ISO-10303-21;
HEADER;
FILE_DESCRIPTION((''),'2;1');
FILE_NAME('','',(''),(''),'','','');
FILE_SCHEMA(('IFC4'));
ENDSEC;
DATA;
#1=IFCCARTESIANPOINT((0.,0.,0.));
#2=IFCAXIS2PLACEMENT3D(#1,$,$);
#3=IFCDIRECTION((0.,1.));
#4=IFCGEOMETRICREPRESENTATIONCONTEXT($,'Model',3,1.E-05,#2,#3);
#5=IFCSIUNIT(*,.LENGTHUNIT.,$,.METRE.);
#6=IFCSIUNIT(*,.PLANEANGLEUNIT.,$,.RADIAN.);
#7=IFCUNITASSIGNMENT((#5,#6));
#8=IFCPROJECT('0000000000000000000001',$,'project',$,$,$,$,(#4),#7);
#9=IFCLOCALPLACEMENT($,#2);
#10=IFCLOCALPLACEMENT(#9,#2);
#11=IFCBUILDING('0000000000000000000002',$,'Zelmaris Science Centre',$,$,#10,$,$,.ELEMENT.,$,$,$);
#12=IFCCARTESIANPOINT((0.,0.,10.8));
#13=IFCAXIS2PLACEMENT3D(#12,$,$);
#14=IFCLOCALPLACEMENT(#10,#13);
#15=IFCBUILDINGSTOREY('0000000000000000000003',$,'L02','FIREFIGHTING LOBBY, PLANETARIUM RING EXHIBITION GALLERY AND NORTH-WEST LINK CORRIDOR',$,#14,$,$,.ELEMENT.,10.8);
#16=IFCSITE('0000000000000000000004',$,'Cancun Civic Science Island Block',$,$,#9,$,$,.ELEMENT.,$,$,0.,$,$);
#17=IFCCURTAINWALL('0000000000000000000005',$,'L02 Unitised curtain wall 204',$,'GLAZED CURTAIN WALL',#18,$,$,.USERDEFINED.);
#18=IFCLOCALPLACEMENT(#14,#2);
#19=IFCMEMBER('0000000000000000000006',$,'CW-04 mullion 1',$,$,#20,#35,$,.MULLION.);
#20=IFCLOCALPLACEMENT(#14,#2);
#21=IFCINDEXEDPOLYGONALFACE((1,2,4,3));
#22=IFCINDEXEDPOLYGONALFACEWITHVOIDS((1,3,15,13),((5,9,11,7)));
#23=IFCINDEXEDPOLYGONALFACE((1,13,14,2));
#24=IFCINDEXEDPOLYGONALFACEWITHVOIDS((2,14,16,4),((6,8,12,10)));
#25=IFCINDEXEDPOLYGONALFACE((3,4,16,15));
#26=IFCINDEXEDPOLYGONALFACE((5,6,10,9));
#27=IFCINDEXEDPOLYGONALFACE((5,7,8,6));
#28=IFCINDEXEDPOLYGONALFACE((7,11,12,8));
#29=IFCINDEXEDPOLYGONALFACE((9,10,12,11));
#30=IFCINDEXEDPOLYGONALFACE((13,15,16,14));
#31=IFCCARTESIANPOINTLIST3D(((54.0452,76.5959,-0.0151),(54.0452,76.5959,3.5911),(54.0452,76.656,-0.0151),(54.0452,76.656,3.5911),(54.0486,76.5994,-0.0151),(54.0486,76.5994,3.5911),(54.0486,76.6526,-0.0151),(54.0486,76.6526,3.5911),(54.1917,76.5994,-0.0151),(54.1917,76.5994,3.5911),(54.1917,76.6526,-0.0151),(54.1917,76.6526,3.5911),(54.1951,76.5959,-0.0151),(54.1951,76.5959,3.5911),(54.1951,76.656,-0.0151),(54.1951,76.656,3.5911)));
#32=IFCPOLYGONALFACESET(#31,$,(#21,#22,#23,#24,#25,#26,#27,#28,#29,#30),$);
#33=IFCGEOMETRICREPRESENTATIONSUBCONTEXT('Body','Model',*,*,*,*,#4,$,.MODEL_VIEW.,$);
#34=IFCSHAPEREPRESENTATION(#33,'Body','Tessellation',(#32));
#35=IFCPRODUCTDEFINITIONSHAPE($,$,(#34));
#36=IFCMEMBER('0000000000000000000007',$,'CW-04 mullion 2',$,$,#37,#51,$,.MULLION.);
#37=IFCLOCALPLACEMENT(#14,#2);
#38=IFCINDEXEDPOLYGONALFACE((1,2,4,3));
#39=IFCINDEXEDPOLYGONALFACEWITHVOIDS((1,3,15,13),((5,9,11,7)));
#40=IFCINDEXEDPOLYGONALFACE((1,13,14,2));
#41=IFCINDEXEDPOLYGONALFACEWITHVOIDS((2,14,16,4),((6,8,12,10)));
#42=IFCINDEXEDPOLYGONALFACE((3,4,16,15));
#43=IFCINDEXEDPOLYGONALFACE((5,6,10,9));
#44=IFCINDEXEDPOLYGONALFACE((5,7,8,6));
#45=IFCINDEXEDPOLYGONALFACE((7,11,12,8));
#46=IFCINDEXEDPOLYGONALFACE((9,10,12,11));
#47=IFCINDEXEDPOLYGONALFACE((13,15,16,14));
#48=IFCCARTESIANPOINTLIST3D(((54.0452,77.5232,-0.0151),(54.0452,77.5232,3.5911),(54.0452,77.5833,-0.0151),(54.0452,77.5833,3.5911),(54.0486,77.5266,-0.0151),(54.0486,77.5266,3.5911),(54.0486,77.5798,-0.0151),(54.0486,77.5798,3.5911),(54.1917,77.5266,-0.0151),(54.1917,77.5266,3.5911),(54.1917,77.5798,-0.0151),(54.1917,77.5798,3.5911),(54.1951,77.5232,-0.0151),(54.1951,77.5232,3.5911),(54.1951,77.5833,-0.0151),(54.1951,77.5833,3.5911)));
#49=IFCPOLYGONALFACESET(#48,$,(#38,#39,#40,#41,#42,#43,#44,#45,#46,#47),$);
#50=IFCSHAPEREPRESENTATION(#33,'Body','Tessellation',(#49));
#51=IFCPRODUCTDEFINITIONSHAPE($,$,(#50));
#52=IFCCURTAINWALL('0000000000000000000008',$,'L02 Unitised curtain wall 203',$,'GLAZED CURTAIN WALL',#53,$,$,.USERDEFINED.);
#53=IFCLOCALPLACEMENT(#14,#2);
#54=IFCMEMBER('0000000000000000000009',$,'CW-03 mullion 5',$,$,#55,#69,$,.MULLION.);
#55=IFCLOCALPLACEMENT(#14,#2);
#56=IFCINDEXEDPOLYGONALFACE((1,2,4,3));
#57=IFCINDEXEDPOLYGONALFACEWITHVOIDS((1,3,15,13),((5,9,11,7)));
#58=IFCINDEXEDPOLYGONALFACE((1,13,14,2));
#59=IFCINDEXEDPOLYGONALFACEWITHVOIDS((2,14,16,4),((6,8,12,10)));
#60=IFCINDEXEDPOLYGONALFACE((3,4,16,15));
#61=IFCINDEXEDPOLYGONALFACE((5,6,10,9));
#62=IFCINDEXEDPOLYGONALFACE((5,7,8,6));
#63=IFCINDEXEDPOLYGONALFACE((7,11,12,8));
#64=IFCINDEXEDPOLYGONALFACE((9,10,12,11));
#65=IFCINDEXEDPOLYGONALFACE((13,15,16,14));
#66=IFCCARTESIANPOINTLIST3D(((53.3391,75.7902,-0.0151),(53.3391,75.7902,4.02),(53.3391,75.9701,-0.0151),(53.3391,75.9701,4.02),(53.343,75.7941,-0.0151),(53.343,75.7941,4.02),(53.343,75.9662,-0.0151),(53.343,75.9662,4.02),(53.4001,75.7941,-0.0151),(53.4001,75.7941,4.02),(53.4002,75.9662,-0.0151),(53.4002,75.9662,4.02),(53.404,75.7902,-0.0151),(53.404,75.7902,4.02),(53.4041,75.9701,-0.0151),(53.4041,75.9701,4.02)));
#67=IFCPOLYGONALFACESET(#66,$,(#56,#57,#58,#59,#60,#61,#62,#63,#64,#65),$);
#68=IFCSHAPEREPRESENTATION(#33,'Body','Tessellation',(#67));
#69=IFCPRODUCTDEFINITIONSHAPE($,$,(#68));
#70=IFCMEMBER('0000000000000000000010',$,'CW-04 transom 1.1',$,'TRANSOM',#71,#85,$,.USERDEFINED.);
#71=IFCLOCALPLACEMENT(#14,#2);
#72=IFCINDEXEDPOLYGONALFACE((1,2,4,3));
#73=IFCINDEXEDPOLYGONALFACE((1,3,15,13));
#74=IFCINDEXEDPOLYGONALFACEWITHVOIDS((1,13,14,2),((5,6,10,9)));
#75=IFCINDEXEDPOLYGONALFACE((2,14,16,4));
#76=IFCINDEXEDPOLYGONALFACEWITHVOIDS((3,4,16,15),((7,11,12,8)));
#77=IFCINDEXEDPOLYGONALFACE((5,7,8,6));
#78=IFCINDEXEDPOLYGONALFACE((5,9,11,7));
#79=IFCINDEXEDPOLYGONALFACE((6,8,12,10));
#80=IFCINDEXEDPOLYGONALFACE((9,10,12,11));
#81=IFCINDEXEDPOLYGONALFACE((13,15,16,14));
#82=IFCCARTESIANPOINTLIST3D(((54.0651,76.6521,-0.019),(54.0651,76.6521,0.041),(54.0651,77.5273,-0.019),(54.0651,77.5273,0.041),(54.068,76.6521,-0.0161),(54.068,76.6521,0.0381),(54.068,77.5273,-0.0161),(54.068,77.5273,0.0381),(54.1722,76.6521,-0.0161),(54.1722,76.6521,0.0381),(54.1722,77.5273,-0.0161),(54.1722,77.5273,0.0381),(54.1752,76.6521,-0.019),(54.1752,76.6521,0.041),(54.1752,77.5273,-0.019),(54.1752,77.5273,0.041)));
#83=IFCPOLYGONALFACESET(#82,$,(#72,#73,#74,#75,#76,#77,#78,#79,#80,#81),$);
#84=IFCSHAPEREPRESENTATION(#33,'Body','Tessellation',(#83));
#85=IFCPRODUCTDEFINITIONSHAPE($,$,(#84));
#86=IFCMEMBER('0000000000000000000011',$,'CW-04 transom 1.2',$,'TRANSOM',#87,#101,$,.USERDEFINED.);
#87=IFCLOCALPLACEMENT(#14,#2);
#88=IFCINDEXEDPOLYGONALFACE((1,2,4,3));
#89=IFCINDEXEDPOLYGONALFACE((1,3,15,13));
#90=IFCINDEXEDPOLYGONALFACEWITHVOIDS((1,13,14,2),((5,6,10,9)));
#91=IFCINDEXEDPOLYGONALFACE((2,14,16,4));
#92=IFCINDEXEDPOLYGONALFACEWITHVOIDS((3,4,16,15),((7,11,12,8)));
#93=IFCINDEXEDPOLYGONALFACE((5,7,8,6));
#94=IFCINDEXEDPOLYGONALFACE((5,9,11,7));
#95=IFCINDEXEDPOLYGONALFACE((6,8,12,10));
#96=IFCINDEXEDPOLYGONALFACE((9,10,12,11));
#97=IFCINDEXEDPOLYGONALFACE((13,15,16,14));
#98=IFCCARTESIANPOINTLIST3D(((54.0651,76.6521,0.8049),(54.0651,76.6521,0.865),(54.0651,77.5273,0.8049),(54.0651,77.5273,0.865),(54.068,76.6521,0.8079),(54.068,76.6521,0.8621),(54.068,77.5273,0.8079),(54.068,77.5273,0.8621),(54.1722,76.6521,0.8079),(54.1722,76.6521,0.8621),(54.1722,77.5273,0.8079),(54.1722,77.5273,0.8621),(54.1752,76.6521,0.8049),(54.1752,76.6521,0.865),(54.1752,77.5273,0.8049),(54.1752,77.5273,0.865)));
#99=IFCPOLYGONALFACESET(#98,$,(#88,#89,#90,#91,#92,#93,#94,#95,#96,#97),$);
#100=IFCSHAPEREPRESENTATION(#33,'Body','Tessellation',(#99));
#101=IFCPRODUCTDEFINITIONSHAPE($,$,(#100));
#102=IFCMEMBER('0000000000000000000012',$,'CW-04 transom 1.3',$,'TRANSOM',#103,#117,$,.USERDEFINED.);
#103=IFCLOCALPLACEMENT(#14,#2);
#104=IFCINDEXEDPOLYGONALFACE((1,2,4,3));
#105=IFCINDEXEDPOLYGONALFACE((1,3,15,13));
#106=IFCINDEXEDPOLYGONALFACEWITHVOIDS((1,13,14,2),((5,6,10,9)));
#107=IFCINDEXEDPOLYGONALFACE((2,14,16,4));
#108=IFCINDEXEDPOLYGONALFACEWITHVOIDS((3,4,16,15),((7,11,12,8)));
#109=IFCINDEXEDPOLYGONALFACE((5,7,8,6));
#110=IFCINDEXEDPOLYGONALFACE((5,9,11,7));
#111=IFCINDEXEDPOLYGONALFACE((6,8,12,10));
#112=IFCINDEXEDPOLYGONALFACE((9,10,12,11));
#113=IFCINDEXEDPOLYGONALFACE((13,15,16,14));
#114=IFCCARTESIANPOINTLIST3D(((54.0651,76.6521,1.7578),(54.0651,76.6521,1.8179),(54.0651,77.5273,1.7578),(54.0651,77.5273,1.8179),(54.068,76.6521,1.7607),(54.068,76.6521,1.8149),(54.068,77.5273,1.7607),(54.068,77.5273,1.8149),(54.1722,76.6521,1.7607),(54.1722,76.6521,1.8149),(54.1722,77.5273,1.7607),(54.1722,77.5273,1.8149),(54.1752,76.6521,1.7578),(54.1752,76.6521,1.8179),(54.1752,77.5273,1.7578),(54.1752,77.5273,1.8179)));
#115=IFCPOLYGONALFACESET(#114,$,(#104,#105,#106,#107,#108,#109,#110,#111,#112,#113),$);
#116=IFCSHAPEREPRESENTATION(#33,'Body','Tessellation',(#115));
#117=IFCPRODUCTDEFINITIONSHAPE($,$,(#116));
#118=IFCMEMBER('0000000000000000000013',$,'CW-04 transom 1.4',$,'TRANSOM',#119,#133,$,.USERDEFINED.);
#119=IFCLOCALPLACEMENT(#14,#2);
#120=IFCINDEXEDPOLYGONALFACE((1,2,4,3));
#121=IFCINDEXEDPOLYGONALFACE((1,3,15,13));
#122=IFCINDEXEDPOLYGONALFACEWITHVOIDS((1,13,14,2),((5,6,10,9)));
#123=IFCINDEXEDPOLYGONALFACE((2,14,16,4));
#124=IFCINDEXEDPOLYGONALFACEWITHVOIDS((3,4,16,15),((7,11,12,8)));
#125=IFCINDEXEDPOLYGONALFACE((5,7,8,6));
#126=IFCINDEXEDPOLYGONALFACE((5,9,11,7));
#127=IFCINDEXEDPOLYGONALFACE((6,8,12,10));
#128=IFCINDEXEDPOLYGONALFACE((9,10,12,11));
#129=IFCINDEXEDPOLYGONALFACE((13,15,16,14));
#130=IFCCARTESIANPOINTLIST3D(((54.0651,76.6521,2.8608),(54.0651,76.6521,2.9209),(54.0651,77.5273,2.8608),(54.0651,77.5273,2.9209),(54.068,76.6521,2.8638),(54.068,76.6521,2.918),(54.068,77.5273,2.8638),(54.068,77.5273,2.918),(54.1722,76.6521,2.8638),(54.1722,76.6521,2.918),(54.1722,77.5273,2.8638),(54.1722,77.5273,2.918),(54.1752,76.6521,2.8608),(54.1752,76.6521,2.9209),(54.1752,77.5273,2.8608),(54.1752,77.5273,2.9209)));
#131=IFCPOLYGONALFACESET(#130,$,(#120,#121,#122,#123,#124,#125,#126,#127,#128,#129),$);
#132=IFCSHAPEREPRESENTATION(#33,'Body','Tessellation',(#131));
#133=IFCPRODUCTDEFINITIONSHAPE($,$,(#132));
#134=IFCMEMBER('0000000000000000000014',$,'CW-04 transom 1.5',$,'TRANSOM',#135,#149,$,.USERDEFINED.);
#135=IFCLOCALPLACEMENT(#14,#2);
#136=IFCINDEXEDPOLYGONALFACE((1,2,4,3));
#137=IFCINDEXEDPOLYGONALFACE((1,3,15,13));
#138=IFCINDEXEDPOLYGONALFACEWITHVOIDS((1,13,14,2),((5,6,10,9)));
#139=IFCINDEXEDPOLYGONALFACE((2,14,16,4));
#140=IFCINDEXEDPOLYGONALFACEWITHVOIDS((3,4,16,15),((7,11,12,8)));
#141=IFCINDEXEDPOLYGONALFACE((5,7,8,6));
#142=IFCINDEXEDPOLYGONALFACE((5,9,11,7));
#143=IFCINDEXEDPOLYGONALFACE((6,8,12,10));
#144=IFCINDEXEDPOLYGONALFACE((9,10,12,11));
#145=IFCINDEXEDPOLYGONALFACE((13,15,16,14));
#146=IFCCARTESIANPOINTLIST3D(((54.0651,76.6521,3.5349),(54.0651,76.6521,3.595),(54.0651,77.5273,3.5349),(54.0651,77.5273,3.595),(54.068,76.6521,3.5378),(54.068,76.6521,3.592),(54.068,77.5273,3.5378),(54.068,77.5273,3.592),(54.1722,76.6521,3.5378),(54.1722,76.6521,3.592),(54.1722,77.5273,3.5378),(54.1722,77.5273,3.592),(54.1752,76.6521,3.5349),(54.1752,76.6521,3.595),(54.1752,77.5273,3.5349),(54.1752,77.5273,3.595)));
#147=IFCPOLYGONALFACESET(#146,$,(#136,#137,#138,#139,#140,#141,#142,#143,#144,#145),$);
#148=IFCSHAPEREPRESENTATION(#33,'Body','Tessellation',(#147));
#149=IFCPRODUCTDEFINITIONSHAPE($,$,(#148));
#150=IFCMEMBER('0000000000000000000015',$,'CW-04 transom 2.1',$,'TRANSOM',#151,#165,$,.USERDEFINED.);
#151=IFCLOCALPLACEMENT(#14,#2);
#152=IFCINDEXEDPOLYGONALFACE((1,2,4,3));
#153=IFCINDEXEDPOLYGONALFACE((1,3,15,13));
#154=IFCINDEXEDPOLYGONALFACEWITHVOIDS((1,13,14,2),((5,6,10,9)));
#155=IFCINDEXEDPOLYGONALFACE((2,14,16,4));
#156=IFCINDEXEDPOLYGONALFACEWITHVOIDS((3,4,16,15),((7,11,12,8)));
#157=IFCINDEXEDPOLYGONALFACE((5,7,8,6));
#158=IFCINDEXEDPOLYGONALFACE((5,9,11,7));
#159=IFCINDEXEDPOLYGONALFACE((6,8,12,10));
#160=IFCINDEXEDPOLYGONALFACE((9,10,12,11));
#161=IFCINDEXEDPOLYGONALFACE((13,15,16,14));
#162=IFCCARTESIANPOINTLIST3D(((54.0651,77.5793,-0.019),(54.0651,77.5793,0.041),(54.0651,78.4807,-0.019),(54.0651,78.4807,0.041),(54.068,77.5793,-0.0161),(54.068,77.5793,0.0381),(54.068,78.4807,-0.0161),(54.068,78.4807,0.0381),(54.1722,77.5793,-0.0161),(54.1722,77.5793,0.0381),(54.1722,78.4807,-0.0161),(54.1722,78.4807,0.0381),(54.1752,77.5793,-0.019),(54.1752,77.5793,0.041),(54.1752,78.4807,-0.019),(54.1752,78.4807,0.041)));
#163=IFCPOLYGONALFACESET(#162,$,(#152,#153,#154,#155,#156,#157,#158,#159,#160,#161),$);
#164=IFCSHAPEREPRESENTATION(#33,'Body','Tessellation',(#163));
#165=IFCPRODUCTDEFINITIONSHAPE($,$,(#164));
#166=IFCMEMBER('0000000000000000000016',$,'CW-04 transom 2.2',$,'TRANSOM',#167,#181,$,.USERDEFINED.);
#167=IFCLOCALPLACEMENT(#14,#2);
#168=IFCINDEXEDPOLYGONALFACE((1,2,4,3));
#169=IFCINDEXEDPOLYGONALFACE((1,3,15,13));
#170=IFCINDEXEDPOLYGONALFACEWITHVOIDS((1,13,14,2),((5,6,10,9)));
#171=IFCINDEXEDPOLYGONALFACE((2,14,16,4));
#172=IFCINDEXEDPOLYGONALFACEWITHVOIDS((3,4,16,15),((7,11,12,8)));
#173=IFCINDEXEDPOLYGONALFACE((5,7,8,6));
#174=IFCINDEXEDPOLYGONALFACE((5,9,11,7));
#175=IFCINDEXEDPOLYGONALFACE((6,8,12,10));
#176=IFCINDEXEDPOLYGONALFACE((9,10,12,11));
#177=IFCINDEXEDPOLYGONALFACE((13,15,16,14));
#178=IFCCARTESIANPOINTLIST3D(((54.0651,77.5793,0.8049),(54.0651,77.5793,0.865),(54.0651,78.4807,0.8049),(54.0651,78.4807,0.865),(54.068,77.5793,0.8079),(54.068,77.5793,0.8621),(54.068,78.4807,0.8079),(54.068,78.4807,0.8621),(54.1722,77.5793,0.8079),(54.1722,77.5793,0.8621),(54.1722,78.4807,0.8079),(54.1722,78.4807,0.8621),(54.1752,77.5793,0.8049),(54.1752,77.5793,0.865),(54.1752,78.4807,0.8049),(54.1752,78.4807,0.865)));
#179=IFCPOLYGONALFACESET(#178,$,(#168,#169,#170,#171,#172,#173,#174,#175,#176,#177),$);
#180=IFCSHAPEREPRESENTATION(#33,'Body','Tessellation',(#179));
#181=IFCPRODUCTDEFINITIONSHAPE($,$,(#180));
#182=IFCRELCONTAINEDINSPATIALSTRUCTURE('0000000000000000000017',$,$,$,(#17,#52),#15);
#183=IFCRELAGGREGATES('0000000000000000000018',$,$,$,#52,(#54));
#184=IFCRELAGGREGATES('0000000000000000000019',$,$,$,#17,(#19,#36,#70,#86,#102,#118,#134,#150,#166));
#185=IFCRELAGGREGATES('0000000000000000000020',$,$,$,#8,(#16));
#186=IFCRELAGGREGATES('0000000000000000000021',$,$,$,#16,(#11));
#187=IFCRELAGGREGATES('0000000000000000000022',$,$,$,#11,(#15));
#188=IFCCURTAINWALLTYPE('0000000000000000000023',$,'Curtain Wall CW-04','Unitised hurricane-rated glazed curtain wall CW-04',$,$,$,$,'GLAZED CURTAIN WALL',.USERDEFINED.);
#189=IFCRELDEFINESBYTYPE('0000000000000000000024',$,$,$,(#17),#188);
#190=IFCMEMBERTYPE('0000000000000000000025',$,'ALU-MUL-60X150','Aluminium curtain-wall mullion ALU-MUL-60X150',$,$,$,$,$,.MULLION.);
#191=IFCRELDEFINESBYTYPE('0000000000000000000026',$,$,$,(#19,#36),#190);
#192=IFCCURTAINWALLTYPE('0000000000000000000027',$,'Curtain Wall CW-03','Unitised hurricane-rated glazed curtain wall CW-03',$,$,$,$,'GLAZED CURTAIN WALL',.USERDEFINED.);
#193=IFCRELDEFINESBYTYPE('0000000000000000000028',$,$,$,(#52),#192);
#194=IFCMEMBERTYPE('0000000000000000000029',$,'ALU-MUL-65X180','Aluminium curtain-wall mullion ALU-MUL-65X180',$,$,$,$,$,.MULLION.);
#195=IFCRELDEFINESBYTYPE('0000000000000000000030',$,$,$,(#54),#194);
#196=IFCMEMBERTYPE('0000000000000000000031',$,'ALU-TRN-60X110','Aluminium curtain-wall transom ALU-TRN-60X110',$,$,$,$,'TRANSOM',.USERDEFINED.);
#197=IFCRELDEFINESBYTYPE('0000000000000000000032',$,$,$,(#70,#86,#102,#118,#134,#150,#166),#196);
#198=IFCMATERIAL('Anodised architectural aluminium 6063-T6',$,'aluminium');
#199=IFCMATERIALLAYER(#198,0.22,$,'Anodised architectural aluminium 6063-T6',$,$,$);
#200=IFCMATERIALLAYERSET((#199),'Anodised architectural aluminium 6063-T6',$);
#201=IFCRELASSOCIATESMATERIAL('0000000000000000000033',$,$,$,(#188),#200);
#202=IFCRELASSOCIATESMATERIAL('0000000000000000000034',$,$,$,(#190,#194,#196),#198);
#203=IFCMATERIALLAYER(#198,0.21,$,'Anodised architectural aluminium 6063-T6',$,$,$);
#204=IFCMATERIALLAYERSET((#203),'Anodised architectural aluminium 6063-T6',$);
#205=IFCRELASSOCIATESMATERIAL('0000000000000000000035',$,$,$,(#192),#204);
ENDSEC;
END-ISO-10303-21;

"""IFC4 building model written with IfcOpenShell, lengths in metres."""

from ifc_helpers import new_model, si_unit, direction, frame, origin, origin_2d, place, context, subcontext, project, spatial, hollow_rectangle, extrude, material, layer, layer_set, material_profile, profile_set, type_object, element, aggregate, save


model = new_model("IFC4")

# Units and contexts
model_context = context("Model", 3, precision=1e-05, world=origin(), true_north=direction((0.0, 1.0)))
body_context = subcontext(model_context, "Body", "Model", "MODEL_VIEW")
ifc_project = project(units=[si_unit("LENGTHUNIT", "METRE"), si_unit("PLANEANGLEUNIT", "RADIAN")], contexts=[model_context])

# Site, building, storey
site_placement = place(None, origin())
site = spatial("IfcSite", under=ifc_project, at=site_placement, Name="Cancun Civic Science Island Block", CompositionType="ELEMENT", RefElevation=0.0)
building_placement = place(site_placement, origin())
building = spatial("IfcBuilding", under=site, at=building_placement, Name="Zelmaris Science Centre", CompositionType="ELEMENT")
storey_placement = place(building_placement, frame((0.0, 0.0, 10.8)))
storey = spatial("IfcBuildingStorey", under=building, at=storey_placement, Name="L02", Description="FIREFIGHTING LOBBY, PLANETARIUM RING EXHIBITION GALLERY AND NORTH-WEST LINK CORRIDOR", CompositionType="ELEMENT", Elevation=10.8)

# Curtain wall, members
ifc_material_1 = material(Name="Anodised architectural aluminium 6063-T6", Category="aluminium")
ifc_layer_1 = layer(ifc_material_1, 0.22, Name="Anodised architectural aluminium 6063-T6")
ifc_layer_set_1 = layer_set([ifc_layer_1], Name="Anodised architectural aluminium 6063-T6")
curtain_wall_type_1 = type_object("IfcCurtainWallType", Name="Curtain Wall CW-04", Description="Unitised hurricane-rated glazed curtain wall CW-04", ElementType="GLAZED CURTAIN WALL", PredefinedType="USERDEFINED", material=ifc_layer_set_1)
curtain_wall_1_placement = place(storey_placement, origin())
curtain_wall_1 = element("IfcCurtainWall", 1, at=curtain_wall_1_placement, inside=storey, type_object=curtain_wall_type_1, Name="L02 Unitised curtain wall 204", ObjectType="GLAZED CURTAIN WALL", PredefinedType="USERDEFINED")
ifc_material_profile_1 = material_profile(ifc_material_1, hollow_rectangle(XDim=0.0601, YDim=0.1499, WallThickness=0.0034, at=origin_2d()), Name="ALU-MUL-60X150")
ifc_profile_set_1 = profile_set([ifc_material_profile_1], Name="Anodised architectural aluminium 6063-T6")
member_type_1 = type_object("IfcMemberType", Name="ALU-MUL-60X150", Description="Aluminium curtain-wall mullion ALU-MUL-60X150", PredefinedType="MULLION", material=ifc_profile_set_1)
member_1_placement = place(storey_placement, frame((54.1201, 76.626, -0.0151), z_axis=(0.0, 0.0, 1.0), x_axis=(0.000007, 1.0, 0.0)))
member_1 = element("IfcMember", 2, at=member_1_placement, type_object=member_type_1, Name="CW-04 mullion 1", PredefinedType="MULLION", context=body_context, shape_type="SweptSolid", body=[
    extrude(hollow_rectangle(XDim=0.0601, YDim=0.1499, WallThickness=0.0034, at=origin_2d()), origin(), (0.0, 0.0, 1.0), 3.6062),
])
member_2_placement = place(storey_placement, frame((54.1201, 77.5532, -0.0151), z_axis=(0.0, 0.0, 1.0), x_axis=(0.000007, 1.0, 0.0)))
member_2 = element("IfcMember", 3, at=member_2_placement, type_object=member_type_1, Name="CW-04 mullion 2", PredefinedType="MULLION", context=body_context, shape_type="SweptSolid", body=[
    extrude(hollow_rectangle(XDim=0.0601, YDim=0.1499, WallThickness=0.0034, at=origin_2d()), origin(), (0.0, 0.0, 1.0), 3.6062),
])

# Curtain wall, member
ifc_layer_2 = layer(ifc_material_1, 0.21, Name="Anodised architectural aluminium 6063-T6")
ifc_layer_set_2 = layer_set([ifc_layer_2], Name="Anodised architectural aluminium 6063-T6")
curtain_wall_type_2 = type_object("IfcCurtainWallType", Name="Curtain Wall CW-03", Description="Unitised hurricane-rated glazed curtain wall CW-03", ElementType="GLAZED CURTAIN WALL", PredefinedType="USERDEFINED", material=ifc_layer_set_2)
curtain_wall_2_placement = place(storey_placement, origin())
curtain_wall_2 = element("IfcCurtainWall", 4, at=curtain_wall_2_placement, inside=storey, type_object=curtain_wall_type_2, Name="L02 Unitised curtain wall 203", ObjectType="GLAZED CURTAIN WALL", PredefinedType="USERDEFINED")
ifc_material_profile_2 = material_profile(ifc_material_1, hollow_rectangle(XDim=0.0649, YDim=0.1799, WallThickness=0.0039, at=origin_2d()), Name="ALU-MUL-65X180")
ifc_profile_set_2 = profile_set([ifc_material_profile_2], Name="Anodised architectural aluminium 6063-T6")
member_type_2 = type_object("IfcMemberType", Name="ALU-MUL-65X180", Description="Aluminium curtain-wall mullion ALU-MUL-65X180", PredefinedType="MULLION", material=ifc_profile_set_2)
member_3_placement = place(storey_placement, frame((53.3716, 75.8801, -0.0151), z_axis=(0.0, 0.0, 1.0), x_axis=(1.0, -0.000194, 0.0)))
member_3 = element("IfcMember", 5, at=member_3_placement, type_object=member_type_2, Name="CW-03 mullion 5", PredefinedType="MULLION", context=body_context, shape_type="SweptSolid", body=[
    extrude(hollow_rectangle(XDim=0.0649, YDim=0.1799, WallThickness=0.0039, at=origin_2d()), origin(), (0.0, 0.0, 1.0), 4.0352),
])

# Members
ifc_material_profile_3 = material_profile(ifc_material_1, hollow_rectangle(XDim=0.0601, YDim=0.1101, WallThickness=0.0029, at=origin_2d()), Name="ALU-TRN-60X110")
ifc_profile_set_3 = profile_set([ifc_material_profile_3], Name="Anodised architectural aluminium 6063-T6")
member_type_3 = type_object("IfcMemberType", Name="ALU-TRN-60X110", Description="Aluminium curtain-wall transom ALU-TRN-60X110", ElementType="TRANSOM", PredefinedType="USERDEFINED", material=ifc_profile_set_3)
member_4_placement = place(storey_placement, frame((54.1201, 76.6521, 0.011), z_axis=(0.0, 1.0, 0.0), x_axis=(0.0, 0.0, 1.0)))
member_4 = element("IfcMember", 6, at=member_4_placement, type_object=member_type_3, Name="CW-04 transom 1.1", ObjectType="TRANSOM", PredefinedType="USERDEFINED", context=body_context, shape_type="SweptSolid", body=[
    extrude(hollow_rectangle(XDim=0.0601, YDim=0.1101, WallThickness=0.0029, at=origin_2d()), origin(), (0.0, 0.0, 1.0), 0.8752),
])
member_5_placement = place(storey_placement, frame((54.1201, 76.6521, 0.835), z_axis=(0.0, 1.0, 0.0), x_axis=(0.0, 0.0, 1.0)))
member_5 = element("IfcMember", 7, at=member_5_placement, type_object=member_type_3, Name="CW-04 transom 1.2", ObjectType="TRANSOM", PredefinedType="USERDEFINED", context=body_context, shape_type="SweptSolid", body=[
    extrude(hollow_rectangle(XDim=0.0601, YDim=0.1101, WallThickness=0.0029, at=origin_2d()), origin(), (0.0, 0.0, 1.0), 0.8752),
])
member_6_placement = place(storey_placement, frame((54.1201, 76.6521, 1.7878), z_axis=(0.0, 1.0, 0.0), x_axis=(0.0, 0.0, 1.0)))
member_6 = element("IfcMember", 8, at=member_6_placement, type_object=member_type_3, Name="CW-04 transom 1.3", ObjectType="TRANSOM", PredefinedType="USERDEFINED", context=body_context, shape_type="SweptSolid", body=[
    extrude(hollow_rectangle(XDim=0.0601, YDim=0.1101, WallThickness=0.0029, at=origin_2d()), origin(), (0.0, 0.0, 1.0), 0.8752),
])
member_7_placement = place(storey_placement, frame((54.1201, 76.6521, 2.8909), z_axis=(0.0, 1.0, 0.0), x_axis=(0.0, 0.0, 1.0)))
member_7 = element("IfcMember", 9, at=member_7_placement, type_object=member_type_3, Name="CW-04 transom 1.4", ObjectType="TRANSOM", PredefinedType="USERDEFINED", context=body_context, shape_type="SweptSolid", body=[
    extrude(hollow_rectangle(XDim=0.0601, YDim=0.1101, WallThickness=0.0029, at=origin_2d()), origin(), (0.0, 0.0, 1.0), 0.8752),
])
member_8_placement = place(storey_placement, frame((54.1201, 76.6521, 3.5649), z_axis=(0.0, 1.0, 0.0), x_axis=(0.0, 0.0, 1.0)))
member_8 = element("IfcMember", 10, at=member_8_placement, type_object=member_type_3, Name="CW-04 transom 1.5", ObjectType="TRANSOM", PredefinedType="USERDEFINED", context=body_context, shape_type="SweptSolid", body=[
    extrude(hollow_rectangle(XDim=0.0601, YDim=0.1101, WallThickness=0.0029, at=origin_2d()), origin(), (0.0, 0.0, 1.0), 0.8752),
])
member_9_placement = place(storey_placement, frame((54.1201, 77.5793, 0.011), z_axis=(0.0, 1.0, 0.0), x_axis=(0.0, 0.0, 1.0)))
member_9 = element("IfcMember", 11, at=member_9_placement, type_object=member_type_3, Name="CW-04 transom 2.1", ObjectType="TRANSOM", PredefinedType="USERDEFINED", context=body_context, shape_type="SweptSolid", body=[
    extrude(hollow_rectangle(XDim=0.0601, YDim=0.1101, WallThickness=0.0029, at=origin_2d()), origin(), (0.0, 0.0, 1.0), 0.9014),
])
member_10_placement = place(storey_placement, frame((54.1201, 77.5793, 0.835), z_axis=(0.0, 1.0, 0.0), x_axis=(0.0, 0.0, 1.0)))
member_10 = element("IfcMember", 12, at=member_10_placement, type_object=member_type_3, Name="CW-04 transom 2.2", ObjectType="TRANSOM", PredefinedType="USERDEFINED", context=body_context, shape_type="SweptSolid", body=[
    extrude(hollow_rectangle(XDim=0.0601, YDim=0.1101, WallThickness=0.0029, at=origin_2d()), origin(), (0.0, 0.0, 1.0), 0.9014),
])

aggregate(curtain_wall_2, [member_3])
aggregate(curtain_wall_1, [member_1, member_2, member_4, member_5, member_6, member_7, member_8, member_9, member_10])

save(model, "model.ifc")
